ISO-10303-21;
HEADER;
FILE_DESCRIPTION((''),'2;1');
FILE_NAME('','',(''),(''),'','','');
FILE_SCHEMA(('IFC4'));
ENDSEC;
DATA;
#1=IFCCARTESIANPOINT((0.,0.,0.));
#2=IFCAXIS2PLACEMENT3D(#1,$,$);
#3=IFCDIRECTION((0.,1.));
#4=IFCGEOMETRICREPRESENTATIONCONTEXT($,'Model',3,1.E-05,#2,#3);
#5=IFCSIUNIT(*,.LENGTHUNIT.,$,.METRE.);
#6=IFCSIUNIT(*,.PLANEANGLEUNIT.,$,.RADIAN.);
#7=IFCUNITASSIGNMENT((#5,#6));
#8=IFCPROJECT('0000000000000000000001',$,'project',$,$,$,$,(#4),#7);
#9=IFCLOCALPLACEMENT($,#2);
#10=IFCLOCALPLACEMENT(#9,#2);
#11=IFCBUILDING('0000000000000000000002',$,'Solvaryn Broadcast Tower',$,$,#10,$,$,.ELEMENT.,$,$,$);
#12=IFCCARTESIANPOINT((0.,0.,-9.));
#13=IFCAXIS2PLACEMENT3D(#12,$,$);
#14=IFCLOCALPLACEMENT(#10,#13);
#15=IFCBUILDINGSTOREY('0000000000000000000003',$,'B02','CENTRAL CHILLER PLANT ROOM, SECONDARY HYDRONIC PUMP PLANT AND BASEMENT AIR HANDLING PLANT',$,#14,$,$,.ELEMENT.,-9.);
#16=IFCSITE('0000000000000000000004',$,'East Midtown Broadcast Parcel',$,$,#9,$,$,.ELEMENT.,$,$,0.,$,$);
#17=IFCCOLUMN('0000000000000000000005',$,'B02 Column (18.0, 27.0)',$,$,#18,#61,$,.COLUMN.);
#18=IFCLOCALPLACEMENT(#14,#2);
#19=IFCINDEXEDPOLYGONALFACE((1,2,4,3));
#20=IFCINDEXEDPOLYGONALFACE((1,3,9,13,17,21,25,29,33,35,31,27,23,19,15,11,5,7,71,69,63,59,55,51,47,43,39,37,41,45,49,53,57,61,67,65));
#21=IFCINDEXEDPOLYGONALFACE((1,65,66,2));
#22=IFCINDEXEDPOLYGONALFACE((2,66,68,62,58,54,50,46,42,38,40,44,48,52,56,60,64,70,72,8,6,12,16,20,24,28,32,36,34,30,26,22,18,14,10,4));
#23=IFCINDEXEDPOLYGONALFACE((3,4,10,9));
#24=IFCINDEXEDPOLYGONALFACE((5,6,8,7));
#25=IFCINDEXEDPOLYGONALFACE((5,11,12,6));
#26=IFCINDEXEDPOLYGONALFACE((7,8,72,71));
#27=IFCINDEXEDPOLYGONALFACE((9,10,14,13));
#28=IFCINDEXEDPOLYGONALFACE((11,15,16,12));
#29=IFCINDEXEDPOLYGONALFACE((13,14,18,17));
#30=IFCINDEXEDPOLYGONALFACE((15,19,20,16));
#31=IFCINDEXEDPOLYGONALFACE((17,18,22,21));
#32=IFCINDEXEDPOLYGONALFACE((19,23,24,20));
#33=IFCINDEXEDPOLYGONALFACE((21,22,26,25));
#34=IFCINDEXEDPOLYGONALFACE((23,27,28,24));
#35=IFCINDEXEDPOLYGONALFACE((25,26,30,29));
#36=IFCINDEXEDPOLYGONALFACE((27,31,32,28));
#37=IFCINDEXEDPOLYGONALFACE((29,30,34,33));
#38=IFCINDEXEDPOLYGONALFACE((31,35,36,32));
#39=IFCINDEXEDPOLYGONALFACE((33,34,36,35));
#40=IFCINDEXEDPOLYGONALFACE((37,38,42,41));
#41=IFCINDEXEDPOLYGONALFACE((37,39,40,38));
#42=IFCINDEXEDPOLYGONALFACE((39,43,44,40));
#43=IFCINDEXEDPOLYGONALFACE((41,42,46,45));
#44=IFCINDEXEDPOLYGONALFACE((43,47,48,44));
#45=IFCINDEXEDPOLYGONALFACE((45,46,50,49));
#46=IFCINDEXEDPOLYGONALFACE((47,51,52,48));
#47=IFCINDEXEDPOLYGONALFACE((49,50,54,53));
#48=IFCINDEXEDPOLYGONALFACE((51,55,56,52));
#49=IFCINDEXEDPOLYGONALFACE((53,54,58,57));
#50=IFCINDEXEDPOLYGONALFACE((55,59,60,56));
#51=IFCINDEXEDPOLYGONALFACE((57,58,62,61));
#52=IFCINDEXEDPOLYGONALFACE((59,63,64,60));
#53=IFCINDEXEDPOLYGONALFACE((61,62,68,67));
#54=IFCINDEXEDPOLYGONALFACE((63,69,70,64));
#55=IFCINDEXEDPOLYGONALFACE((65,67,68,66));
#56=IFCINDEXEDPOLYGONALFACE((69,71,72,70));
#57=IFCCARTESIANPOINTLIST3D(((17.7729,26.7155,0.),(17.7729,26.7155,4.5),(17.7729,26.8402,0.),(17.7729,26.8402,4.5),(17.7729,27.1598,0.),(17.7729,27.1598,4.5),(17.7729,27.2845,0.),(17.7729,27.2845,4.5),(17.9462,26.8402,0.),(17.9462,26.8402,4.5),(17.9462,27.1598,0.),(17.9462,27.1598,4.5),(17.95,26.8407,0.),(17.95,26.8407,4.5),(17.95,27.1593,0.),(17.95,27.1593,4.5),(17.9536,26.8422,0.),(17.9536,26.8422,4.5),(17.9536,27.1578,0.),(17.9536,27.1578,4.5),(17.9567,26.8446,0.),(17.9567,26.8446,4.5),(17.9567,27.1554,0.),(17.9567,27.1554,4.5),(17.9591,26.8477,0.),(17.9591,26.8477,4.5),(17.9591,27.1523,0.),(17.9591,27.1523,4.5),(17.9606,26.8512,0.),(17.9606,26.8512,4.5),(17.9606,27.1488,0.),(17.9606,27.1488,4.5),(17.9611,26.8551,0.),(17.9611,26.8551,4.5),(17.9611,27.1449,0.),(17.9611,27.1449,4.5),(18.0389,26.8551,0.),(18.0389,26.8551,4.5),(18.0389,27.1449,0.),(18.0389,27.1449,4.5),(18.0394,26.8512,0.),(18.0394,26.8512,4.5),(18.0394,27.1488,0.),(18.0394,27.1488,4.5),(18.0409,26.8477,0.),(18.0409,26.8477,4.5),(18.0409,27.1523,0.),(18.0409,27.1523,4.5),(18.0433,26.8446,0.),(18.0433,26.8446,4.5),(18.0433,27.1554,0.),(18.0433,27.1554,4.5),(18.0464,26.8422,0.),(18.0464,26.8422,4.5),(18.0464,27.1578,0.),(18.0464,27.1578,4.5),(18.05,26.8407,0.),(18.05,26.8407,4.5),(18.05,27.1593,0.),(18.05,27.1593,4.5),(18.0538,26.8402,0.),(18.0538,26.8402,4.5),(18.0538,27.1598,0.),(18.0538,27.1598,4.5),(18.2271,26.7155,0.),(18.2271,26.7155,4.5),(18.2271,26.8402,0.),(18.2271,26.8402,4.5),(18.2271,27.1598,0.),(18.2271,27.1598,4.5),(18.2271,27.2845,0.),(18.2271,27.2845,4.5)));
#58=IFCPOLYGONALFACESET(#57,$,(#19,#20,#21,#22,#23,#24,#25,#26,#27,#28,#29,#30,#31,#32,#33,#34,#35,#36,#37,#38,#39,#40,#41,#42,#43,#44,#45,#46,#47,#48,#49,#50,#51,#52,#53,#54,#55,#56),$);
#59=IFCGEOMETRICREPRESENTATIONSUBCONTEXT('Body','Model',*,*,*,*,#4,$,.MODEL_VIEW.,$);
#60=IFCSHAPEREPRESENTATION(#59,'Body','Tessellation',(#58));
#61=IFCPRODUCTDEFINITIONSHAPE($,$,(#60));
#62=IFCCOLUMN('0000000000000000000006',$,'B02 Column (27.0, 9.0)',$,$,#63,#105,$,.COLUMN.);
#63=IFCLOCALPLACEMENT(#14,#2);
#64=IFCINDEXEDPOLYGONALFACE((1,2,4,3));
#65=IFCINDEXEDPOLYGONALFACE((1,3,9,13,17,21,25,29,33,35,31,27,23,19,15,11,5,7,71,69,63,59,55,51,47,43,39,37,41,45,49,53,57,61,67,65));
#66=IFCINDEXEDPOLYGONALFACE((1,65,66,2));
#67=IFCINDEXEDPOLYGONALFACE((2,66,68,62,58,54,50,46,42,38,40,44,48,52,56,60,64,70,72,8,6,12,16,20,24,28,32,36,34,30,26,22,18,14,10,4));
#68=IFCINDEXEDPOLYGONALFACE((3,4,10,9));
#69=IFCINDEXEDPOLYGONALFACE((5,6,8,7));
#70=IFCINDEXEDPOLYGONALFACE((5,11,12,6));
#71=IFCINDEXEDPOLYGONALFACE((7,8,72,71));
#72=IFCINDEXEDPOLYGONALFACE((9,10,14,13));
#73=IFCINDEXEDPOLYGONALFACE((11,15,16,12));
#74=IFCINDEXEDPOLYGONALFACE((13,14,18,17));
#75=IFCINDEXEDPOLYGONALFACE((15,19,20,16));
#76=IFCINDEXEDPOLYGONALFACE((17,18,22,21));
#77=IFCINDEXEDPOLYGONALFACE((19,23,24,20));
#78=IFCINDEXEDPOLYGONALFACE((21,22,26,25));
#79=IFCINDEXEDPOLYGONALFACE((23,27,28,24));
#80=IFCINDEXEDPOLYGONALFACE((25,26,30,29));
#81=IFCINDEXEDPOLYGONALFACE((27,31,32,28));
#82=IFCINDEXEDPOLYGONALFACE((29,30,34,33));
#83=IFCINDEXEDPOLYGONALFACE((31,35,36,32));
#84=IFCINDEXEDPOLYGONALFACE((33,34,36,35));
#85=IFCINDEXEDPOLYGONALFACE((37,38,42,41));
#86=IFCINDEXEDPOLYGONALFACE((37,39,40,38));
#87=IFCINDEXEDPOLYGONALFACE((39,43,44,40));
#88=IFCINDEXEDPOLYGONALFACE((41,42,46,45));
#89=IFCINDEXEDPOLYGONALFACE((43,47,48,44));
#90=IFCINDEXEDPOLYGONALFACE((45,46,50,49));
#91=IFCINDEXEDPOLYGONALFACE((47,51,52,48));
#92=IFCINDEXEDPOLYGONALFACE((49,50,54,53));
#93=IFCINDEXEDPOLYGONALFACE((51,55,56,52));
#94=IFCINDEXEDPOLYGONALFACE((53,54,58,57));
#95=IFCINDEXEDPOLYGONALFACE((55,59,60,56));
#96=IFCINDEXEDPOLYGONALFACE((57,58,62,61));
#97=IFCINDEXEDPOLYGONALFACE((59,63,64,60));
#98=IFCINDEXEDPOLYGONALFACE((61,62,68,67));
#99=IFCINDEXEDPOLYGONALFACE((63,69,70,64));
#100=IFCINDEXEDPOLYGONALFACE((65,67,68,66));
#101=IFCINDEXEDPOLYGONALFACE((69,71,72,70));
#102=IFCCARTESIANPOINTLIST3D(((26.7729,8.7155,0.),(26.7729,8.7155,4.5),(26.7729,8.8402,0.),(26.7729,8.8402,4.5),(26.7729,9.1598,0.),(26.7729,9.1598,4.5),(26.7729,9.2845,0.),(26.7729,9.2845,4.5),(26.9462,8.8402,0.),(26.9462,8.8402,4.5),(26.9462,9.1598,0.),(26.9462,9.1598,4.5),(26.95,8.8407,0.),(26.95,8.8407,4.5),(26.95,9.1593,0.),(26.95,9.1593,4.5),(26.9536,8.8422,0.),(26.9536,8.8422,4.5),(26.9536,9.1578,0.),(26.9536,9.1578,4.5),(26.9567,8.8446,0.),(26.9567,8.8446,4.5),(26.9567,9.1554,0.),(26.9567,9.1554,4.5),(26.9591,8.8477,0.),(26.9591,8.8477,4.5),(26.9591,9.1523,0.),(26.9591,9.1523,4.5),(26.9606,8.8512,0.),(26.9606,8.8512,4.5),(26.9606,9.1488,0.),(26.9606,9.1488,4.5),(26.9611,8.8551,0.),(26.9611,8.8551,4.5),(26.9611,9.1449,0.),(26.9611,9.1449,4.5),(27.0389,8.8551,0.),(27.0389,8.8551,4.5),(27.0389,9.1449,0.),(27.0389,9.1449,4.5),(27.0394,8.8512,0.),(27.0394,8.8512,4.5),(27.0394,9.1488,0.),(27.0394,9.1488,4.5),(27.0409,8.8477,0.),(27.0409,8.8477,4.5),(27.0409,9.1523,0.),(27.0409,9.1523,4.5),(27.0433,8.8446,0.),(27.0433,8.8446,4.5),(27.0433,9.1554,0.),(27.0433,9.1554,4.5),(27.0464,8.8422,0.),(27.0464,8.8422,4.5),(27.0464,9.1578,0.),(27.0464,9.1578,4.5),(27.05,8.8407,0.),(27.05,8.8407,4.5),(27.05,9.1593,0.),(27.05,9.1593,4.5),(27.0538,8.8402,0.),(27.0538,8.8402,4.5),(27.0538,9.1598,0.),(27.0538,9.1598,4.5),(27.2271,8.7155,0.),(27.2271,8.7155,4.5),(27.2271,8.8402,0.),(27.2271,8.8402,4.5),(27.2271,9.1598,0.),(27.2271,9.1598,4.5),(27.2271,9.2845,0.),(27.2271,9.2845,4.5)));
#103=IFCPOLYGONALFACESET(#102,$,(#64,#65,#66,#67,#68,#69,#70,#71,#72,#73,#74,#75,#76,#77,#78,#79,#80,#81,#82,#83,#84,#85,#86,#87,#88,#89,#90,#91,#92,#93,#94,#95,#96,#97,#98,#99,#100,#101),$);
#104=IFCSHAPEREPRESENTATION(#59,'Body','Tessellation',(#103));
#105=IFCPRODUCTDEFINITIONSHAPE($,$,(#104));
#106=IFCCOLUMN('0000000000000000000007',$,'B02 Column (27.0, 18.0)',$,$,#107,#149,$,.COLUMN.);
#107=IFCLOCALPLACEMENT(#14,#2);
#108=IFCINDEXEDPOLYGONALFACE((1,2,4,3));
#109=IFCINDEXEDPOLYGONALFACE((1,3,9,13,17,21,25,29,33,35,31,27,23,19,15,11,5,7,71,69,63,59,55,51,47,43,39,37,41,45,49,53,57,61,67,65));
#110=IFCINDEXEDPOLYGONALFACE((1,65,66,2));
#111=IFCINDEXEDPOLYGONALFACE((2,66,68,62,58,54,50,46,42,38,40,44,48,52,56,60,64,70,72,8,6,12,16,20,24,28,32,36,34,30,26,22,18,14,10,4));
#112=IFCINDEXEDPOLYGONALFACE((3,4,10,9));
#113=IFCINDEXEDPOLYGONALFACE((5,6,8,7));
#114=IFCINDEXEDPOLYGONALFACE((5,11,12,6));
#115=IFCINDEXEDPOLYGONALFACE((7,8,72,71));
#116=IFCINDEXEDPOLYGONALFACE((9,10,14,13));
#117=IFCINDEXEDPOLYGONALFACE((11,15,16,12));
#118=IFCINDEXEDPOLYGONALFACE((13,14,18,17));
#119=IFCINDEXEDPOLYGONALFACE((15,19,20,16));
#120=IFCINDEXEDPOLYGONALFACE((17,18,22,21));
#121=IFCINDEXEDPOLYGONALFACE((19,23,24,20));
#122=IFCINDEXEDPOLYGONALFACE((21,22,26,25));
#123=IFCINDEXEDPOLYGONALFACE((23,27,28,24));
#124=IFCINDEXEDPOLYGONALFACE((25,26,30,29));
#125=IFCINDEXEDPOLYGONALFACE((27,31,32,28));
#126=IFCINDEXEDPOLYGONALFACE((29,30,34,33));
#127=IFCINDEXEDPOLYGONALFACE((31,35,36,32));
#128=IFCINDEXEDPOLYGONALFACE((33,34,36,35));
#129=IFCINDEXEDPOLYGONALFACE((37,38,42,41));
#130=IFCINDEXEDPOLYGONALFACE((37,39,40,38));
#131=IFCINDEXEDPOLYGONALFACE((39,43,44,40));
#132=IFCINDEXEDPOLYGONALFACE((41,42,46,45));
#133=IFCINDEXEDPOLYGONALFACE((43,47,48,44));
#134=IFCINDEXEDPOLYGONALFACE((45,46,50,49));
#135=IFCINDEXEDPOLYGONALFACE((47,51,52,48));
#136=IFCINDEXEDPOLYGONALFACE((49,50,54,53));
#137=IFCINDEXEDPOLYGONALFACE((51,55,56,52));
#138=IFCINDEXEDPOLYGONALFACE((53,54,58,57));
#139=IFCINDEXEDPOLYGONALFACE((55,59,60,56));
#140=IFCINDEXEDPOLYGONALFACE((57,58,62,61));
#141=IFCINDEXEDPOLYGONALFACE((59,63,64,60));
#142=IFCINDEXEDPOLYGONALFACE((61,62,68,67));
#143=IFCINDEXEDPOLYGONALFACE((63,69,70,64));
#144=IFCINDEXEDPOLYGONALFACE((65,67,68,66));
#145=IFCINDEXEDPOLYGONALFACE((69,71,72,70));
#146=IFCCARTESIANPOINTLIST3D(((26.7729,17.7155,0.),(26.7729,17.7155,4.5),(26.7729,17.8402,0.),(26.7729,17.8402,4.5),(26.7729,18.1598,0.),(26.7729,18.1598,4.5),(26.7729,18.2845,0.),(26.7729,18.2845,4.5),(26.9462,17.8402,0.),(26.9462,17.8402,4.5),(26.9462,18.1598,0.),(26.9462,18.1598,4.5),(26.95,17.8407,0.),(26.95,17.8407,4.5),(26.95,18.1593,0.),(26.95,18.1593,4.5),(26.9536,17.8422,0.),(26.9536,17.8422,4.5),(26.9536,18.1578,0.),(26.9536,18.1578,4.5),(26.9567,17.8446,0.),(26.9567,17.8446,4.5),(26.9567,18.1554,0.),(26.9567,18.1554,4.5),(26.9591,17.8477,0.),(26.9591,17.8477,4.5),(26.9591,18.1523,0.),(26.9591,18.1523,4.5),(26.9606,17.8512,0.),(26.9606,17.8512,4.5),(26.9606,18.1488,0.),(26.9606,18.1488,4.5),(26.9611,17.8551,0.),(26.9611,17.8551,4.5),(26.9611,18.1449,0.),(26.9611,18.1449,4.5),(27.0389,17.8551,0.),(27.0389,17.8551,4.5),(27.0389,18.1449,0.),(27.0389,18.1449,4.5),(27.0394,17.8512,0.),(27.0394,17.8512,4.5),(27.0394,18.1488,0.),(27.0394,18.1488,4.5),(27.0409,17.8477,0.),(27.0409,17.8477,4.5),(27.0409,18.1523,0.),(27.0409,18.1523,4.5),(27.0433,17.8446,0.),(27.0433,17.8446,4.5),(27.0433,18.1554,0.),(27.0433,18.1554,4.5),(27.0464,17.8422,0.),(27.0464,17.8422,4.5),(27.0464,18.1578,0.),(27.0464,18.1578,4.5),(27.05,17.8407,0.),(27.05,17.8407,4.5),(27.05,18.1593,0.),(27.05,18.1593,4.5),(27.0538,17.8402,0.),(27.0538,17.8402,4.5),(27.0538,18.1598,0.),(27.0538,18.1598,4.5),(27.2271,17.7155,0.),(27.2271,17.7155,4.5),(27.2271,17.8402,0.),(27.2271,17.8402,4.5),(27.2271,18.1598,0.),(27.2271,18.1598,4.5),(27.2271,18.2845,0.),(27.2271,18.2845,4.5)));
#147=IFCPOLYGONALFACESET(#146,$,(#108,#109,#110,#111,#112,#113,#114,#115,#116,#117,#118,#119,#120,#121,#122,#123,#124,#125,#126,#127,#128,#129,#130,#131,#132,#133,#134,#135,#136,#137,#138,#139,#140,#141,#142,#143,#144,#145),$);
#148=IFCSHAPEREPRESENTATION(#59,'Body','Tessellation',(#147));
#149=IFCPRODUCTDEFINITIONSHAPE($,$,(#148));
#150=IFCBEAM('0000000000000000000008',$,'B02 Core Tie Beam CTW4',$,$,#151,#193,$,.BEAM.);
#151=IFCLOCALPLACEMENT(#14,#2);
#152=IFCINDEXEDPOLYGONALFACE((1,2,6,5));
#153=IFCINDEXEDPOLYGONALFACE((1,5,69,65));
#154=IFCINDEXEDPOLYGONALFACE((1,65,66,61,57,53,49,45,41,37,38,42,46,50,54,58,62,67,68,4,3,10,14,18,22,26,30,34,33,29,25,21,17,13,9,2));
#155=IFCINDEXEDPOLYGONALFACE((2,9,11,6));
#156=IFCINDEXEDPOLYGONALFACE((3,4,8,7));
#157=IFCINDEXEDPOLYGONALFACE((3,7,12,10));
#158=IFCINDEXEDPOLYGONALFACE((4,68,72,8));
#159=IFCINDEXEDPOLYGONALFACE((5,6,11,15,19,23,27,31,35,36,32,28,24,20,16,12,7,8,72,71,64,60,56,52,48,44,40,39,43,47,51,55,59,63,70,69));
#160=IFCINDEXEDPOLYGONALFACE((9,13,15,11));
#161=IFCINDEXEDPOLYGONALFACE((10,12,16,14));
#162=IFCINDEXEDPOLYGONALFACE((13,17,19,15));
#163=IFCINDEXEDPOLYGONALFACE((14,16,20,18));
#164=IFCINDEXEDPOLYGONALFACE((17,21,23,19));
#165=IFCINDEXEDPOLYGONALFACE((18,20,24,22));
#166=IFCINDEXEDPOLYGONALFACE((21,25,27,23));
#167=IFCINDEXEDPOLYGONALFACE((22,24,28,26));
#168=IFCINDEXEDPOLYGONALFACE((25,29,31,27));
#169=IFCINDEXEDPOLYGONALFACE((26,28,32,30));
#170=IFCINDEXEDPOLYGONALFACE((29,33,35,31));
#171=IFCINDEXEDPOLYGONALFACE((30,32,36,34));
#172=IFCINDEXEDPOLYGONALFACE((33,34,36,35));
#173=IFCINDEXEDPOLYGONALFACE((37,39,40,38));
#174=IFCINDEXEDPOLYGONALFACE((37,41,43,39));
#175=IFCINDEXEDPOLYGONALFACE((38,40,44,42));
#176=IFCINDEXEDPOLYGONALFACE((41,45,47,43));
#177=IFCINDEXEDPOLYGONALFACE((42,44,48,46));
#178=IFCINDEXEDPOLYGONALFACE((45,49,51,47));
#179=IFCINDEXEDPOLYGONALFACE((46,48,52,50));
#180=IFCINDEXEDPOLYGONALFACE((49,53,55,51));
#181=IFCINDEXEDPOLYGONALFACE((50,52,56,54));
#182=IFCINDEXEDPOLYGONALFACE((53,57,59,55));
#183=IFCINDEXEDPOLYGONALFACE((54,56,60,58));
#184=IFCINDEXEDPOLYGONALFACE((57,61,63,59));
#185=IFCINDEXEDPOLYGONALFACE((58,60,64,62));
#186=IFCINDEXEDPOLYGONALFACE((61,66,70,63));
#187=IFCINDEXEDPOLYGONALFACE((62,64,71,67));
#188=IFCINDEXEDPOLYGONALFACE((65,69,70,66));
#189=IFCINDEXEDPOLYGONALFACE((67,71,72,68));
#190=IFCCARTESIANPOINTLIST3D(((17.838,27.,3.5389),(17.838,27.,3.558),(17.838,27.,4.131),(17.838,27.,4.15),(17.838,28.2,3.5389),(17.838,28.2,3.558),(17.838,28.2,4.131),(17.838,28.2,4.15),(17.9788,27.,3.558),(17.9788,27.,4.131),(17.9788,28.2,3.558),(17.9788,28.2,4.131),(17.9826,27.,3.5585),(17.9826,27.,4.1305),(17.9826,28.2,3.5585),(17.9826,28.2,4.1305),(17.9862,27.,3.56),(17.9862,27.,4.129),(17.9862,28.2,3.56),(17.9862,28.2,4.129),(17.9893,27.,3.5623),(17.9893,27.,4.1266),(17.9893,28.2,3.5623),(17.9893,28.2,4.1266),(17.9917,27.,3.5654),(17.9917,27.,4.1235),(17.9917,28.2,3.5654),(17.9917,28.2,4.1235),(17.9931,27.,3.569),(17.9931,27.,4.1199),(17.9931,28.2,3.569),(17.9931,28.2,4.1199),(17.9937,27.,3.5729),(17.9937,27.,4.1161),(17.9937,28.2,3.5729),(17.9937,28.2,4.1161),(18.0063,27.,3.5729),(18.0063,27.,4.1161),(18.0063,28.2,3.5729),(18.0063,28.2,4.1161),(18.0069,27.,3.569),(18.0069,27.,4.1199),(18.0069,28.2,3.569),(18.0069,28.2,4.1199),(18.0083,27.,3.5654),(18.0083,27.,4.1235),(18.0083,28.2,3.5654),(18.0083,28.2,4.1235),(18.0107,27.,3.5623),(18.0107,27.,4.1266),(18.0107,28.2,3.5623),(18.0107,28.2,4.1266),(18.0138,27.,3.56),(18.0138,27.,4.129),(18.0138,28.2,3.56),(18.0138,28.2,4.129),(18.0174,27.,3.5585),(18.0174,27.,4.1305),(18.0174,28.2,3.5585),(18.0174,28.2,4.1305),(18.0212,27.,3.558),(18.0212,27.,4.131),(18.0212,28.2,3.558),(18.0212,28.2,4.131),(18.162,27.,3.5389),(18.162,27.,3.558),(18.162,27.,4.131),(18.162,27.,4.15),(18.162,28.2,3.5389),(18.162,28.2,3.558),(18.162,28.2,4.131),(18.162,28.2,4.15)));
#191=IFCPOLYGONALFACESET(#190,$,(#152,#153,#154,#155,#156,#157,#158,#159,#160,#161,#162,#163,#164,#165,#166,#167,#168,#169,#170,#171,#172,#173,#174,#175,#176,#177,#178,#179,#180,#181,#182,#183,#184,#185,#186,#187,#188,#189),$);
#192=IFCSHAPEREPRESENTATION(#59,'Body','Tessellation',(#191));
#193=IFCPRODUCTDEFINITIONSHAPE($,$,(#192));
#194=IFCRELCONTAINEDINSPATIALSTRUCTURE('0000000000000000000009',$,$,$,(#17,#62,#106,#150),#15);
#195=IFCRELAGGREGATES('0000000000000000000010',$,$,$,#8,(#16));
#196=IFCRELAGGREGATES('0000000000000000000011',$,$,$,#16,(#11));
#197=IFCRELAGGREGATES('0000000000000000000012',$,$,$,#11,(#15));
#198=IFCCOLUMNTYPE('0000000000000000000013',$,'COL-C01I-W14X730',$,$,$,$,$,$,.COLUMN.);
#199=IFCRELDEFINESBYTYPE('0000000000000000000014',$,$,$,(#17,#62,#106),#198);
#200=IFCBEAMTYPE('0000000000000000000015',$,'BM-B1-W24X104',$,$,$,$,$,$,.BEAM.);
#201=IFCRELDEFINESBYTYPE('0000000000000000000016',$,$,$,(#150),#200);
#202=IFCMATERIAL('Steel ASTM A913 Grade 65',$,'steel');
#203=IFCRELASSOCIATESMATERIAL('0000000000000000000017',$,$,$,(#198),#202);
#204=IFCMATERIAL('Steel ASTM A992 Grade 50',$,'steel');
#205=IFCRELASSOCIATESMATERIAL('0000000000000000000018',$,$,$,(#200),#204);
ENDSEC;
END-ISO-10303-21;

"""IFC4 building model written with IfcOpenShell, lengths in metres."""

from ifc_helpers import new_model, si_unit, direction, frame, origin, origin_2d, place, context, subcontext, project, spatial, i_section, extrude, material, material_profile, profile_set, type_object, element, save


model = new_model("IFC4")

# Units and contexts
model_context = context("Model", 3, precision=1e-05, world=origin(), true_north=direction((0.0, 1.0)))
body_context = subcontext(model_context, "Body", "Model", "MODEL_VIEW")
ifc_project = project(units=[si_unit("LENGTHUNIT", "METRE"), si_unit("PLANEANGLEUNIT", "RADIAN")], contexts=[model_context])

# Site, building, storey
site_placement = place(None, origin())
site = spatial("IfcSite", under=ifc_project, at=site_placement, Name="East Midtown Broadcast Parcel", CompositionType="ELEMENT", RefElevation=0.0)
building_placement = place(site_placement, origin())
building = spatial("IfcBuilding", under=site, at=building_placement, Name="Solvaryn Broadcast Tower", CompositionType="ELEMENT")
storey_placement = place(building_placement, frame((0.0, 0.0, -9.0)))
storey = spatial("IfcBuildingStorey", under=building, at=storey_placement, Name="B02", Description="CENTRAL CHILLER PLANT ROOM, SECONDARY HYDRONIC PUMP PLANT AND BASEMENT AIR HANDLING PLANT", CompositionType="ELEMENT", Elevation=-9.0)

# Columns
ifc_material_1 = material(Name="Steel ASTM A913 Grade 65", Category="steel")
ifc_material_profile_1 = material_profile(ifc_material_1, i_section(OverallWidth=0.4541, OverallDepth=0.5691, WebThickness=0.0779, FlangeThickness=0.1248, FilletRadius=0.0149, at=origin_2d()))
ifc_profile_set_1 = profile_set([ifc_material_profile_1], Name="Steel ASTM A913 Grade 65")
column_type = type_object("IfcColumnType", Name="COL-C01I-W14X730", PredefinedType="COLUMN", material=ifc_profile_set_1)
for number, where, z_axis, x_axis, name in (
    (1, (18.0, 27.0, 0.0), (0.0, 0.0, 1.0), (1.0, 0.0, 0.0), "B02 Column (18.0, 27.0)"),
    (2, (27.0, 9.0, 0.0), (0.0, 0.0, 1.0), (1.0, 0.0, 0.0), "B02 Column (27.0, 9.0)"),
    (3, (27.0, 18.0, 0.0), (0.0, 0.0, 1.0), (1.0, 0.0, 0.0), "B02 Column (27.0, 18.0)"),
):
    element("IfcColumn", number, at=place(storey_placement, frame(where, z_axis=z_axis, x_axis=x_axis)), inside=storey, type_object=column_type, Name=name, PredefinedType="COLUMN", context=body_context, shape_type="SweptSolid", body=[
        extrude(i_section(OverallWidth=0.4541, OverallDepth=0.5691, WebThickness=0.0779, FlangeThickness=0.1248, FilletRadius=0.0149, at=origin_2d()), origin(), (0.0, 0.0, 1.0), 4.5),
    ])

# Beam
ifc_material_2 = material(Name="Steel ASTM A992 Grade 50", Category="steel")
ifc_material_profile_2 = material_profile(ifc_material_2, i_section(OverallWidth=0.324, OverallDepth=0.6111, WebThickness=0.0127, FlangeThickness=0.019, FilletRadius=0.0149, at=origin_2d()))
ifc_profile_set_2 = profile_set([ifc_material_profile_2], Name="Steel ASTM A992 Grade 50")
beam_type_1 = type_object("IfcBeamType", Name="BM-B1-W24X104", PredefinedType="BEAM", material=ifc_profile_set_2)
beam_placement = place(storey_placement, frame((18.0, 27.0, 3.8445), z_axis=(0.0, 1.0, 0.0), x_axis=(-1.0, 0.0, 0.0)))
element("IfcBeam", 4, at=beam_placement, inside=storey, type_object=beam_type_1, Name="B02 Core Tie Beam CTW4", PredefinedType="BEAM", context=body_context, shape_type="SweptSolid", body=[
    extrude(i_section(OverallWidth=0.324, OverallDepth=0.6111, WebThickness=0.0127, FlangeThickness=0.019, FilletRadius=0.0149, at=origin_2d()), origin(), (0.0, 0.0, 1.0), 1.2),
])

save(model, "model.ifc")
